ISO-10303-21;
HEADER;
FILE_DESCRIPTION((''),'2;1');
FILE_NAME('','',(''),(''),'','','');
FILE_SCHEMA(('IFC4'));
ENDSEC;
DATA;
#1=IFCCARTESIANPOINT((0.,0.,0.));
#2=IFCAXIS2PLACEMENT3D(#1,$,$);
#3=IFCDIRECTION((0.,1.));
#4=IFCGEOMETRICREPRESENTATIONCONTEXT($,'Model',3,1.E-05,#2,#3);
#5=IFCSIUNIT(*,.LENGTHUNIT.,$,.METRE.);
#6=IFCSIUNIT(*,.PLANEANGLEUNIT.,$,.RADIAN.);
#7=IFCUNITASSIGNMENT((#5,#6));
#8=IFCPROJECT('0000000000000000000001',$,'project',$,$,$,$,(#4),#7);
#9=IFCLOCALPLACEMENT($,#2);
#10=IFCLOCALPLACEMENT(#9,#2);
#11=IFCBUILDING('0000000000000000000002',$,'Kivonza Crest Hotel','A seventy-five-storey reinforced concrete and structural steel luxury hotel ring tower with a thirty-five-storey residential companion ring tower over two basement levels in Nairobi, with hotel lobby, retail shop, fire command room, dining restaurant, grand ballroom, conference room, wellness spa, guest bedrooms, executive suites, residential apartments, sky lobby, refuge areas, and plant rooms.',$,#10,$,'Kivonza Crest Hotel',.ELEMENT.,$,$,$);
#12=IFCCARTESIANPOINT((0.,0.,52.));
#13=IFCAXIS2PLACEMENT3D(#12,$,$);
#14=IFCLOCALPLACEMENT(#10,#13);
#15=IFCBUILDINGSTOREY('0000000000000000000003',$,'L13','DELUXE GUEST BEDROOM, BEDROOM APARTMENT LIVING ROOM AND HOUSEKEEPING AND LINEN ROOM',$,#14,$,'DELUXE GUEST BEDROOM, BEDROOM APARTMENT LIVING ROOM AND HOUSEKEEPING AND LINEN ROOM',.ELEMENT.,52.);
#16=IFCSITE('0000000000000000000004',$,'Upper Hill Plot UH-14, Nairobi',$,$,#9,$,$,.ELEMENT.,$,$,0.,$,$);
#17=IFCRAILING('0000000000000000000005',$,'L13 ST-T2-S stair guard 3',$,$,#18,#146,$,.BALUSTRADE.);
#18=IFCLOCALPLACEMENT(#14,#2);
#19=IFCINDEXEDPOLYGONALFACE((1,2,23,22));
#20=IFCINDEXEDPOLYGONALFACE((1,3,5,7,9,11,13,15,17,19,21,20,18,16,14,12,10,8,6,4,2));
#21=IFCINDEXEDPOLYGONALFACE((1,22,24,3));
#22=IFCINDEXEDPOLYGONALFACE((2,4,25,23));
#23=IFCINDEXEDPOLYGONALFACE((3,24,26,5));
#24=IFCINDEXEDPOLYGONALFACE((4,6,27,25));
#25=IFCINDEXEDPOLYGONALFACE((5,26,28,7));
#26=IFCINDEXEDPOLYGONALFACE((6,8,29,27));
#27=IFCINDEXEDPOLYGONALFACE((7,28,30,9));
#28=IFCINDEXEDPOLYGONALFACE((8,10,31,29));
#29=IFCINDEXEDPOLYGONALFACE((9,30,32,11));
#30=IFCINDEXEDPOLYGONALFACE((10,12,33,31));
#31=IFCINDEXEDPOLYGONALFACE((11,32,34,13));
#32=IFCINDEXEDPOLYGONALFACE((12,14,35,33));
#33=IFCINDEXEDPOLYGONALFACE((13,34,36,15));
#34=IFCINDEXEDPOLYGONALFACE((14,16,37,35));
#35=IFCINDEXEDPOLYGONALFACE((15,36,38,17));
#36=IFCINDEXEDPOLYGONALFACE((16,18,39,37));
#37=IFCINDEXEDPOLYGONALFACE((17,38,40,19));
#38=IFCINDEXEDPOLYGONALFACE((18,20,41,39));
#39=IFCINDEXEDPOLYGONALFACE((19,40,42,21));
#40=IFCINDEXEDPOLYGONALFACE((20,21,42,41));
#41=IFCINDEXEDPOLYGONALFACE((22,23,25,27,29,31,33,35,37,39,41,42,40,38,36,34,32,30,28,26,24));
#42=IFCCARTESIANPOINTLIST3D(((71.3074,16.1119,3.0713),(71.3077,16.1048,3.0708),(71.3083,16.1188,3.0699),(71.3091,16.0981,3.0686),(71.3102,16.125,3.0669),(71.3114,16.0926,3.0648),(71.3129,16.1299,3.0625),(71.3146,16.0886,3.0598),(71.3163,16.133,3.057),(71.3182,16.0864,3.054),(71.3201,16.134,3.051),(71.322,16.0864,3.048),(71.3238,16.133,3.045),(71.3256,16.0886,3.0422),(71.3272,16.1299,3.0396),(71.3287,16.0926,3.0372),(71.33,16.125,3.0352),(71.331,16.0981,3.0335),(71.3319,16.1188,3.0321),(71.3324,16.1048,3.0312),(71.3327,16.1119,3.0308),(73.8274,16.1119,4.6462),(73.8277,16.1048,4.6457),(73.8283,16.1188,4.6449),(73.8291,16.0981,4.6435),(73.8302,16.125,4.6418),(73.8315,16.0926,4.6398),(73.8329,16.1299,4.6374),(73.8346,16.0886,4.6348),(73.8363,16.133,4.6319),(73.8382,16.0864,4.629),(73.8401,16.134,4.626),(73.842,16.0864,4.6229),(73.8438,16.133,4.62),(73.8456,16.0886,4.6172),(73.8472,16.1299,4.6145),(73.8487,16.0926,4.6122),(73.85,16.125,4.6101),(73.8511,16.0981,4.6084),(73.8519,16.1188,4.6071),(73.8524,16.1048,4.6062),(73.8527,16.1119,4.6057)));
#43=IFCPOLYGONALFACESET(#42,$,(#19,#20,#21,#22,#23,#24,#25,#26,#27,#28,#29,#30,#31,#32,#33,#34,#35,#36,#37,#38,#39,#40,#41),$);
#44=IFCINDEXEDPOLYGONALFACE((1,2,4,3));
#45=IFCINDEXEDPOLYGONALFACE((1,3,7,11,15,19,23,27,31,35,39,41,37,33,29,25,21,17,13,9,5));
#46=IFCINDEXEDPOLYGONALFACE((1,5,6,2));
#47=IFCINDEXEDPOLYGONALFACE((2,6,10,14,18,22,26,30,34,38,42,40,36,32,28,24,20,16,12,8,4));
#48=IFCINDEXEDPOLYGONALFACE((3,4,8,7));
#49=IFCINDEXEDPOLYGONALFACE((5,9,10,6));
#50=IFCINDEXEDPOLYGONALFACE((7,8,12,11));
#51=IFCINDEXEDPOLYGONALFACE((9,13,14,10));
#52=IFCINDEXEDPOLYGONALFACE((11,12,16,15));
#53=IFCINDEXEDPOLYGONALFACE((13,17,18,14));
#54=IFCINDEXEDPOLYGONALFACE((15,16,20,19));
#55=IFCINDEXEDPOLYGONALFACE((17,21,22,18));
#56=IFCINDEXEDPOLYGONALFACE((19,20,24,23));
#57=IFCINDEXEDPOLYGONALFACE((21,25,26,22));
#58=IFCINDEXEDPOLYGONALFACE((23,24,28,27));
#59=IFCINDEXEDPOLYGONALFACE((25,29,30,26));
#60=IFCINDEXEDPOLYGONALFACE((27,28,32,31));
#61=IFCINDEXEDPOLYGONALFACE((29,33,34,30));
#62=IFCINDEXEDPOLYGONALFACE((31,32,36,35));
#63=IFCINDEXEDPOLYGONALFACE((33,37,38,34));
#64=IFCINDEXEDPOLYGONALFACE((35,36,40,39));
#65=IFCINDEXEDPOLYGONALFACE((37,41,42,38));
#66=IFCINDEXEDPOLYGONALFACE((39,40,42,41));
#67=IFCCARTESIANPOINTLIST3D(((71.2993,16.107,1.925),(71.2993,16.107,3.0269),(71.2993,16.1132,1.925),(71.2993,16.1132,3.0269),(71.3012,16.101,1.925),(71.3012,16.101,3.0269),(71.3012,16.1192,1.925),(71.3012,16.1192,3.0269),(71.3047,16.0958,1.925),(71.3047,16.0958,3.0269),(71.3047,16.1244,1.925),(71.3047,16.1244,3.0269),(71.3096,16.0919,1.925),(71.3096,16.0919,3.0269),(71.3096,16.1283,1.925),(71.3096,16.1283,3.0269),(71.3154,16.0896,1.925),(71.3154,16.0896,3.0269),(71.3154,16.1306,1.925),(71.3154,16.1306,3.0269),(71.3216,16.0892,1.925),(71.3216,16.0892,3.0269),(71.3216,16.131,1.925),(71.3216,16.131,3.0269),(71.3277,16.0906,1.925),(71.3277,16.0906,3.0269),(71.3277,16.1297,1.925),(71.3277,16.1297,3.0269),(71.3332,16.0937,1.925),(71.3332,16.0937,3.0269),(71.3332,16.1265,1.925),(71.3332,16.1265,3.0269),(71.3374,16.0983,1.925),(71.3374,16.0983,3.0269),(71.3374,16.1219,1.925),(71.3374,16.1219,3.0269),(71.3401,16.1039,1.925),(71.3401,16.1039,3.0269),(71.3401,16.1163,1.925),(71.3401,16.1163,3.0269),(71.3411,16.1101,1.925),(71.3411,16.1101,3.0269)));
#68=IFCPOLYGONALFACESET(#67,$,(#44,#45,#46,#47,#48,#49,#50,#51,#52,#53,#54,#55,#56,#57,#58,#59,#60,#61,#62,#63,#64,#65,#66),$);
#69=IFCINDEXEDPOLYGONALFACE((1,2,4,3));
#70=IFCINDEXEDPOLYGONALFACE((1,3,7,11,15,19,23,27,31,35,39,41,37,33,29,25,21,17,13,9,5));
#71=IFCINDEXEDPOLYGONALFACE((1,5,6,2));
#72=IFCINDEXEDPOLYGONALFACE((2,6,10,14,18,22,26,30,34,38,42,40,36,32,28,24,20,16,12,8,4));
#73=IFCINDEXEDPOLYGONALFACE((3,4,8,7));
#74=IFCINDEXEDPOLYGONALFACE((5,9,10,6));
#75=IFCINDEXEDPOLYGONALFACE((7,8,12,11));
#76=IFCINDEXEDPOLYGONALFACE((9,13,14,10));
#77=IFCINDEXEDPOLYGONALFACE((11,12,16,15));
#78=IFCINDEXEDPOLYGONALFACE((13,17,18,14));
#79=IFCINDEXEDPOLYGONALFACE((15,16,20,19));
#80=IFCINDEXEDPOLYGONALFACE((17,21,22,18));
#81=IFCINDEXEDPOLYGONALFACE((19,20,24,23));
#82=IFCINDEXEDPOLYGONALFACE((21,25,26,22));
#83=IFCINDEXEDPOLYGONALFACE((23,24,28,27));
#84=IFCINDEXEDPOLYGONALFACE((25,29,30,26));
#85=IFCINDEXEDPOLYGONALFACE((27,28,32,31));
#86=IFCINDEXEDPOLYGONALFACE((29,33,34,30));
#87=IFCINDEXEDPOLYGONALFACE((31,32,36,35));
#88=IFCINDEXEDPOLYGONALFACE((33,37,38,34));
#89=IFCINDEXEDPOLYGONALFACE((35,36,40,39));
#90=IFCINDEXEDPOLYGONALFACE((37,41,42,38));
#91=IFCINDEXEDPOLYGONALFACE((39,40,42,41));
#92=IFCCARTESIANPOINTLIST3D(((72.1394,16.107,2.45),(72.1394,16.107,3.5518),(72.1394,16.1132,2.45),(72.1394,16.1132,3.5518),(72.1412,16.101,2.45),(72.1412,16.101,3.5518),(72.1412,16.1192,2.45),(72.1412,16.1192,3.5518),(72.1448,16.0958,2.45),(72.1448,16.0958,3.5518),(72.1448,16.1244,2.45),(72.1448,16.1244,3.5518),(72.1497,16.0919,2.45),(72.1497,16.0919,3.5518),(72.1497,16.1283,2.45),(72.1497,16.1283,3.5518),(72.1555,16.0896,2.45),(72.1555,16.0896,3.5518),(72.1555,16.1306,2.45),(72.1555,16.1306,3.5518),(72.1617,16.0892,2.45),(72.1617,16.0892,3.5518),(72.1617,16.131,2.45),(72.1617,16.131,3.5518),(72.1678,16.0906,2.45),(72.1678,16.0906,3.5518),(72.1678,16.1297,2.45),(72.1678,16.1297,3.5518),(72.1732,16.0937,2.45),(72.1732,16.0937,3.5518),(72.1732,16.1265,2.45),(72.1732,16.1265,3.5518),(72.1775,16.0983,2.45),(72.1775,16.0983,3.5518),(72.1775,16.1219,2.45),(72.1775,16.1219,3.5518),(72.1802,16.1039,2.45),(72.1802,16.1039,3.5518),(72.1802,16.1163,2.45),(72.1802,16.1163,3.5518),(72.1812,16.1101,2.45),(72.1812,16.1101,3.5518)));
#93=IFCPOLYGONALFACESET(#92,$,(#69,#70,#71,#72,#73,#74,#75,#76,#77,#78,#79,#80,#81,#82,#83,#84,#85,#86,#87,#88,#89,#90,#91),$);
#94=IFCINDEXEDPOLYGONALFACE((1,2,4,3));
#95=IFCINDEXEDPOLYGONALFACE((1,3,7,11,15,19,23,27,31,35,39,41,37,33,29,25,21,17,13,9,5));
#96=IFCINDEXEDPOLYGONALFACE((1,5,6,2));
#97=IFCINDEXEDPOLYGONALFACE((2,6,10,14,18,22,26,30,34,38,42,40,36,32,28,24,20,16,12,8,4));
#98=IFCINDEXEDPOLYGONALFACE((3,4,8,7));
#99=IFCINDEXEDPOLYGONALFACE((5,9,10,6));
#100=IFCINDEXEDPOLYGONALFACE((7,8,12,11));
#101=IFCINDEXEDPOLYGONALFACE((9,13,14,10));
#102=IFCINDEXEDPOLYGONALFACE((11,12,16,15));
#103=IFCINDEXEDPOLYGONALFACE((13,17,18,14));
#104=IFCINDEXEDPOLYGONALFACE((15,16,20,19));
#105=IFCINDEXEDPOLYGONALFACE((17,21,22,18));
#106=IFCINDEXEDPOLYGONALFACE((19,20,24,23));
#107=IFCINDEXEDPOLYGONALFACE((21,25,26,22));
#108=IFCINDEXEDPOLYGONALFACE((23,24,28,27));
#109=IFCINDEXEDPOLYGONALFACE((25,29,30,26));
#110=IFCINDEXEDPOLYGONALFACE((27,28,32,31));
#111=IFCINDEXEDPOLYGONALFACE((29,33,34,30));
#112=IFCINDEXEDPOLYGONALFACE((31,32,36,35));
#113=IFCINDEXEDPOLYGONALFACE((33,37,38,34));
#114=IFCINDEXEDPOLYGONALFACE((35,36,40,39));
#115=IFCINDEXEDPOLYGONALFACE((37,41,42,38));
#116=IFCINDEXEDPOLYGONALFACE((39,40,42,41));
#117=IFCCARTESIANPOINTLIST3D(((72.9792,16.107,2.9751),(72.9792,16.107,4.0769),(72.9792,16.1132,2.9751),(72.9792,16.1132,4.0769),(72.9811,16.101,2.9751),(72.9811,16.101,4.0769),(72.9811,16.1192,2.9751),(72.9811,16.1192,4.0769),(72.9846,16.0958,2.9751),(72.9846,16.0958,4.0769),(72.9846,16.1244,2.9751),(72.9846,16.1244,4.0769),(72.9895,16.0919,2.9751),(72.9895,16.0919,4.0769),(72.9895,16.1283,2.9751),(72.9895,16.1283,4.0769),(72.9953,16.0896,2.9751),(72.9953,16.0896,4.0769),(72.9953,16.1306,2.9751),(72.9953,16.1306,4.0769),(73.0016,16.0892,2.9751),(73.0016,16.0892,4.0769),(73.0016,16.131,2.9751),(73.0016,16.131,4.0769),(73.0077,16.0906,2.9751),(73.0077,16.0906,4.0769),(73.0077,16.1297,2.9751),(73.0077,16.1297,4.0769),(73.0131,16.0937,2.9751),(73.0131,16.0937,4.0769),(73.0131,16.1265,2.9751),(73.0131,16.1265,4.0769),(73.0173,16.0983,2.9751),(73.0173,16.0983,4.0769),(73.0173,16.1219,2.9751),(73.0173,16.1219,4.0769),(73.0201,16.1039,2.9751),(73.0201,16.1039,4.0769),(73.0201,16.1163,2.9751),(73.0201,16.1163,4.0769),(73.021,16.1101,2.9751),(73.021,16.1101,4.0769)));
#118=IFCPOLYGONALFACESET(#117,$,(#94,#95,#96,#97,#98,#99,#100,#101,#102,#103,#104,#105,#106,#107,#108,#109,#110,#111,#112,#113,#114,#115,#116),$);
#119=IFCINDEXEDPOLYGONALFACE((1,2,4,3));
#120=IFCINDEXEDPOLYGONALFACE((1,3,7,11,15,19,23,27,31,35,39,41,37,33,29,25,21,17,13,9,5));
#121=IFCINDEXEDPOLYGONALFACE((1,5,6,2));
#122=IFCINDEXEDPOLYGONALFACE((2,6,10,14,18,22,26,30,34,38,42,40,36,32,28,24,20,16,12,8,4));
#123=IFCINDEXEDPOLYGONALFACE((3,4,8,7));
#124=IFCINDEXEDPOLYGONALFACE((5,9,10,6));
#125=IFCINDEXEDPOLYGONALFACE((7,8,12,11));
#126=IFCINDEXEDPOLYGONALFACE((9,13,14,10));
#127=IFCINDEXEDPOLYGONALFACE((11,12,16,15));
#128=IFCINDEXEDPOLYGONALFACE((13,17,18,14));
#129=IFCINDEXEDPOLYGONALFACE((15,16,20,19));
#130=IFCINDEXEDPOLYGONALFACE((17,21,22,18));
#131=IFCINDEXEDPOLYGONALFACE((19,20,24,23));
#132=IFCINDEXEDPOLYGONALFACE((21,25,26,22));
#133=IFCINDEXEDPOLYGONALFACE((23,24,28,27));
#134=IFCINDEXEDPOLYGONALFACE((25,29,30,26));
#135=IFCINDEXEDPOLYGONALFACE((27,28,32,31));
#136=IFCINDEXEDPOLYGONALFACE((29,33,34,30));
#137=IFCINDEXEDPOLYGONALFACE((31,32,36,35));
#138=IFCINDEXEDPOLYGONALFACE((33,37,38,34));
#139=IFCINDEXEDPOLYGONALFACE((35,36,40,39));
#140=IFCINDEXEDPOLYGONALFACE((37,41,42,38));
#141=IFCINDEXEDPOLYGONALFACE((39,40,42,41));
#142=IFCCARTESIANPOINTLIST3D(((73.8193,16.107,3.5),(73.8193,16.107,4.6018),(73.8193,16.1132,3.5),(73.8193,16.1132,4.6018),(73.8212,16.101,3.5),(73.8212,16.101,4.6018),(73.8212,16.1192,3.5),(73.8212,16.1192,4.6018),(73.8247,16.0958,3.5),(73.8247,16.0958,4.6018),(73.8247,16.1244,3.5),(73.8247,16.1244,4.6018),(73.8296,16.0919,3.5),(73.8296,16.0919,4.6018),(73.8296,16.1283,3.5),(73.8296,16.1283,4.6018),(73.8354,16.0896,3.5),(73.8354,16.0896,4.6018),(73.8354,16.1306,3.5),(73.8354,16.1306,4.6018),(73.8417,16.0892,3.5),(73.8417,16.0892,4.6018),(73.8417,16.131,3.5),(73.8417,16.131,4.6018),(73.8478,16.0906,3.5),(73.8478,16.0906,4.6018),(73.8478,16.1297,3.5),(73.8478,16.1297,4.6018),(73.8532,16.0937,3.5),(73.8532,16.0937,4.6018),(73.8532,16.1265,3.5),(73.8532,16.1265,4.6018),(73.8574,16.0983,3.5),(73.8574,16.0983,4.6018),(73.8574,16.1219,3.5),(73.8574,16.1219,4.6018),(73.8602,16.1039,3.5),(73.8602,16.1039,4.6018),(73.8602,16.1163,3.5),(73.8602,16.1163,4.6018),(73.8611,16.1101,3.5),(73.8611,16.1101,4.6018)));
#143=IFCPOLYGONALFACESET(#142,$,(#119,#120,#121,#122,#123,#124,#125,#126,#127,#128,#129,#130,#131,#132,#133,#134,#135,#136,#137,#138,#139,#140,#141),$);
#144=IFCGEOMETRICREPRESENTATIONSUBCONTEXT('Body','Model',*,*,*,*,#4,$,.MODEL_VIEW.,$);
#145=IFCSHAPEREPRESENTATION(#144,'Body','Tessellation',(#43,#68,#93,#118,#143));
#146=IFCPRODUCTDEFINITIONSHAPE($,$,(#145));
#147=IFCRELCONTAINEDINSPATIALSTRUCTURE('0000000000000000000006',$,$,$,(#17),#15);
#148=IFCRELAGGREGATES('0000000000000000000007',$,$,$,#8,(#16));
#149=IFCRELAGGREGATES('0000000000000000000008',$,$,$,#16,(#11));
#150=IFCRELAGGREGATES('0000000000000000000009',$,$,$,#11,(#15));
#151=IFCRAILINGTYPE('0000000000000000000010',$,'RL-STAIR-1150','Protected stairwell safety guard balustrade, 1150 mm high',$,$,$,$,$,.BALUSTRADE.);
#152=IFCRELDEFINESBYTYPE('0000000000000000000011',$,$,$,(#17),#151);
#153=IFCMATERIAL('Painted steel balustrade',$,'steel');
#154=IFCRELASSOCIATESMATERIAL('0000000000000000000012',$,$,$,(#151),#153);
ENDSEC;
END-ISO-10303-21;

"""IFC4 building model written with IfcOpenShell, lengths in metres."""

from ifc_helpers import new_model, si_unit, direction, frame, origin, origin_2d, place, context, subcontext, project, spatial, circle, extrude, material, type_object, element, save


model = new_model("IFC4")

# Units and contexts
model_context = context("Model", 3, precision=1e-05, world=origin(), true_north=direction((0.0, 1.0)))
body_context = subcontext(model_context, "Body", "Model", "MODEL_VIEW")
ifc_project = project(units=[si_unit("LENGTHUNIT", "METRE"), si_unit("PLANEANGLEUNIT", "RADIAN")], contexts=[model_context])

# Site, building, storey
site_placement = place(None, origin())
site = spatial("IfcSite", under=ifc_project, at=site_placement, Name="Upper Hill Plot UH-14, Nairobi", CompositionType="ELEMENT", RefElevation=0.0)
building_placement = place(site_placement, origin())
building = spatial("IfcBuilding", under=site, at=building_placement, Name="Kivonza Crest Hotel", Description="A seventy-five-storey reinforced concrete and structural steel luxury hotel ring tower with a thirty-five-storey residential companion ring tower over two basement levels in Nairobi, with hotel lobby, retail shop, fire command room, dining restaurant, grand ballroom, conference room, wellness spa, guest bedrooms, executive suites, residential apartments, sky lobby, refuge areas, and plant rooms.", LongName="Kivonza Crest Hotel", CompositionType="ELEMENT")
storey_placement = place(building_placement, frame((0.0, 0.0, 52.0)))
storey = spatial("IfcBuildingStorey", under=building, at=storey_placement, Name="L13", Description="DELUXE GUEST BEDROOM, BEDROOM APARTMENT LIVING ROOM AND HOUSEKEEPING AND LINEN ROOM", LongName="DELUXE GUEST BEDROOM, BEDROOM APARTMENT LIVING ROOM AND HOUSEKEEPING AND LINEN ROOM", CompositionType="ELEMENT", Elevation=52.0)

# Railing
ifc_material_1 = material(Name="Painted steel balustrade", Category="steel")
railing_type_1 = type_object("IfcRailingType", Name="RL-STAIR-1150", Description="Protected stairwell safety guard balustrade, 1150 mm high", PredefinedType="BALUSTRADE", material=ifc_material_1)
railing_1_placement = place(storey_placement, frame((71.3201, 16.1101, 1.925)))
element("IfcRailing", 1, at=railing_1_placement, inside=storey, type_object=railing_type_1, Name="L13 ST-T2-S stair guard 3", PredefinedType="BALUSTRADE", context=body_context, shape_type="SweptSolid", body=[
    extrude(circle(Radius=0.0239, at=origin_2d()), frame((0.0, 0.0, 1.126), z_axis=(0.848008, 0.0, 0.529984), x_axis=(0.0, 1.0, 0.0)), (0.0, 0.0, 1.0), 2.9717),
    extrude(circle(Radius=0.021, at=origin_2d()), origin(), (0.0, 0.0, 1.0), 1.1018),
    extrude(circle(Radius=0.021, at=origin_2d()), frame((0.8401, 0.0, 0.5249)), (0.0, 0.0, 1.0), 1.1018),
    extrude(circle(Radius=0.021, at=origin_2d()), frame((1.6799, 0.0, 1.05)), (0.0, 0.0, 1.0), 1.1018),
    extrude(circle(Radius=0.021, at=origin_2d()), frame((2.52, 0.0, 1.575)), (0.0, 0.0, 1.0), 1.1018),
])

save(model, "model.ifc")
